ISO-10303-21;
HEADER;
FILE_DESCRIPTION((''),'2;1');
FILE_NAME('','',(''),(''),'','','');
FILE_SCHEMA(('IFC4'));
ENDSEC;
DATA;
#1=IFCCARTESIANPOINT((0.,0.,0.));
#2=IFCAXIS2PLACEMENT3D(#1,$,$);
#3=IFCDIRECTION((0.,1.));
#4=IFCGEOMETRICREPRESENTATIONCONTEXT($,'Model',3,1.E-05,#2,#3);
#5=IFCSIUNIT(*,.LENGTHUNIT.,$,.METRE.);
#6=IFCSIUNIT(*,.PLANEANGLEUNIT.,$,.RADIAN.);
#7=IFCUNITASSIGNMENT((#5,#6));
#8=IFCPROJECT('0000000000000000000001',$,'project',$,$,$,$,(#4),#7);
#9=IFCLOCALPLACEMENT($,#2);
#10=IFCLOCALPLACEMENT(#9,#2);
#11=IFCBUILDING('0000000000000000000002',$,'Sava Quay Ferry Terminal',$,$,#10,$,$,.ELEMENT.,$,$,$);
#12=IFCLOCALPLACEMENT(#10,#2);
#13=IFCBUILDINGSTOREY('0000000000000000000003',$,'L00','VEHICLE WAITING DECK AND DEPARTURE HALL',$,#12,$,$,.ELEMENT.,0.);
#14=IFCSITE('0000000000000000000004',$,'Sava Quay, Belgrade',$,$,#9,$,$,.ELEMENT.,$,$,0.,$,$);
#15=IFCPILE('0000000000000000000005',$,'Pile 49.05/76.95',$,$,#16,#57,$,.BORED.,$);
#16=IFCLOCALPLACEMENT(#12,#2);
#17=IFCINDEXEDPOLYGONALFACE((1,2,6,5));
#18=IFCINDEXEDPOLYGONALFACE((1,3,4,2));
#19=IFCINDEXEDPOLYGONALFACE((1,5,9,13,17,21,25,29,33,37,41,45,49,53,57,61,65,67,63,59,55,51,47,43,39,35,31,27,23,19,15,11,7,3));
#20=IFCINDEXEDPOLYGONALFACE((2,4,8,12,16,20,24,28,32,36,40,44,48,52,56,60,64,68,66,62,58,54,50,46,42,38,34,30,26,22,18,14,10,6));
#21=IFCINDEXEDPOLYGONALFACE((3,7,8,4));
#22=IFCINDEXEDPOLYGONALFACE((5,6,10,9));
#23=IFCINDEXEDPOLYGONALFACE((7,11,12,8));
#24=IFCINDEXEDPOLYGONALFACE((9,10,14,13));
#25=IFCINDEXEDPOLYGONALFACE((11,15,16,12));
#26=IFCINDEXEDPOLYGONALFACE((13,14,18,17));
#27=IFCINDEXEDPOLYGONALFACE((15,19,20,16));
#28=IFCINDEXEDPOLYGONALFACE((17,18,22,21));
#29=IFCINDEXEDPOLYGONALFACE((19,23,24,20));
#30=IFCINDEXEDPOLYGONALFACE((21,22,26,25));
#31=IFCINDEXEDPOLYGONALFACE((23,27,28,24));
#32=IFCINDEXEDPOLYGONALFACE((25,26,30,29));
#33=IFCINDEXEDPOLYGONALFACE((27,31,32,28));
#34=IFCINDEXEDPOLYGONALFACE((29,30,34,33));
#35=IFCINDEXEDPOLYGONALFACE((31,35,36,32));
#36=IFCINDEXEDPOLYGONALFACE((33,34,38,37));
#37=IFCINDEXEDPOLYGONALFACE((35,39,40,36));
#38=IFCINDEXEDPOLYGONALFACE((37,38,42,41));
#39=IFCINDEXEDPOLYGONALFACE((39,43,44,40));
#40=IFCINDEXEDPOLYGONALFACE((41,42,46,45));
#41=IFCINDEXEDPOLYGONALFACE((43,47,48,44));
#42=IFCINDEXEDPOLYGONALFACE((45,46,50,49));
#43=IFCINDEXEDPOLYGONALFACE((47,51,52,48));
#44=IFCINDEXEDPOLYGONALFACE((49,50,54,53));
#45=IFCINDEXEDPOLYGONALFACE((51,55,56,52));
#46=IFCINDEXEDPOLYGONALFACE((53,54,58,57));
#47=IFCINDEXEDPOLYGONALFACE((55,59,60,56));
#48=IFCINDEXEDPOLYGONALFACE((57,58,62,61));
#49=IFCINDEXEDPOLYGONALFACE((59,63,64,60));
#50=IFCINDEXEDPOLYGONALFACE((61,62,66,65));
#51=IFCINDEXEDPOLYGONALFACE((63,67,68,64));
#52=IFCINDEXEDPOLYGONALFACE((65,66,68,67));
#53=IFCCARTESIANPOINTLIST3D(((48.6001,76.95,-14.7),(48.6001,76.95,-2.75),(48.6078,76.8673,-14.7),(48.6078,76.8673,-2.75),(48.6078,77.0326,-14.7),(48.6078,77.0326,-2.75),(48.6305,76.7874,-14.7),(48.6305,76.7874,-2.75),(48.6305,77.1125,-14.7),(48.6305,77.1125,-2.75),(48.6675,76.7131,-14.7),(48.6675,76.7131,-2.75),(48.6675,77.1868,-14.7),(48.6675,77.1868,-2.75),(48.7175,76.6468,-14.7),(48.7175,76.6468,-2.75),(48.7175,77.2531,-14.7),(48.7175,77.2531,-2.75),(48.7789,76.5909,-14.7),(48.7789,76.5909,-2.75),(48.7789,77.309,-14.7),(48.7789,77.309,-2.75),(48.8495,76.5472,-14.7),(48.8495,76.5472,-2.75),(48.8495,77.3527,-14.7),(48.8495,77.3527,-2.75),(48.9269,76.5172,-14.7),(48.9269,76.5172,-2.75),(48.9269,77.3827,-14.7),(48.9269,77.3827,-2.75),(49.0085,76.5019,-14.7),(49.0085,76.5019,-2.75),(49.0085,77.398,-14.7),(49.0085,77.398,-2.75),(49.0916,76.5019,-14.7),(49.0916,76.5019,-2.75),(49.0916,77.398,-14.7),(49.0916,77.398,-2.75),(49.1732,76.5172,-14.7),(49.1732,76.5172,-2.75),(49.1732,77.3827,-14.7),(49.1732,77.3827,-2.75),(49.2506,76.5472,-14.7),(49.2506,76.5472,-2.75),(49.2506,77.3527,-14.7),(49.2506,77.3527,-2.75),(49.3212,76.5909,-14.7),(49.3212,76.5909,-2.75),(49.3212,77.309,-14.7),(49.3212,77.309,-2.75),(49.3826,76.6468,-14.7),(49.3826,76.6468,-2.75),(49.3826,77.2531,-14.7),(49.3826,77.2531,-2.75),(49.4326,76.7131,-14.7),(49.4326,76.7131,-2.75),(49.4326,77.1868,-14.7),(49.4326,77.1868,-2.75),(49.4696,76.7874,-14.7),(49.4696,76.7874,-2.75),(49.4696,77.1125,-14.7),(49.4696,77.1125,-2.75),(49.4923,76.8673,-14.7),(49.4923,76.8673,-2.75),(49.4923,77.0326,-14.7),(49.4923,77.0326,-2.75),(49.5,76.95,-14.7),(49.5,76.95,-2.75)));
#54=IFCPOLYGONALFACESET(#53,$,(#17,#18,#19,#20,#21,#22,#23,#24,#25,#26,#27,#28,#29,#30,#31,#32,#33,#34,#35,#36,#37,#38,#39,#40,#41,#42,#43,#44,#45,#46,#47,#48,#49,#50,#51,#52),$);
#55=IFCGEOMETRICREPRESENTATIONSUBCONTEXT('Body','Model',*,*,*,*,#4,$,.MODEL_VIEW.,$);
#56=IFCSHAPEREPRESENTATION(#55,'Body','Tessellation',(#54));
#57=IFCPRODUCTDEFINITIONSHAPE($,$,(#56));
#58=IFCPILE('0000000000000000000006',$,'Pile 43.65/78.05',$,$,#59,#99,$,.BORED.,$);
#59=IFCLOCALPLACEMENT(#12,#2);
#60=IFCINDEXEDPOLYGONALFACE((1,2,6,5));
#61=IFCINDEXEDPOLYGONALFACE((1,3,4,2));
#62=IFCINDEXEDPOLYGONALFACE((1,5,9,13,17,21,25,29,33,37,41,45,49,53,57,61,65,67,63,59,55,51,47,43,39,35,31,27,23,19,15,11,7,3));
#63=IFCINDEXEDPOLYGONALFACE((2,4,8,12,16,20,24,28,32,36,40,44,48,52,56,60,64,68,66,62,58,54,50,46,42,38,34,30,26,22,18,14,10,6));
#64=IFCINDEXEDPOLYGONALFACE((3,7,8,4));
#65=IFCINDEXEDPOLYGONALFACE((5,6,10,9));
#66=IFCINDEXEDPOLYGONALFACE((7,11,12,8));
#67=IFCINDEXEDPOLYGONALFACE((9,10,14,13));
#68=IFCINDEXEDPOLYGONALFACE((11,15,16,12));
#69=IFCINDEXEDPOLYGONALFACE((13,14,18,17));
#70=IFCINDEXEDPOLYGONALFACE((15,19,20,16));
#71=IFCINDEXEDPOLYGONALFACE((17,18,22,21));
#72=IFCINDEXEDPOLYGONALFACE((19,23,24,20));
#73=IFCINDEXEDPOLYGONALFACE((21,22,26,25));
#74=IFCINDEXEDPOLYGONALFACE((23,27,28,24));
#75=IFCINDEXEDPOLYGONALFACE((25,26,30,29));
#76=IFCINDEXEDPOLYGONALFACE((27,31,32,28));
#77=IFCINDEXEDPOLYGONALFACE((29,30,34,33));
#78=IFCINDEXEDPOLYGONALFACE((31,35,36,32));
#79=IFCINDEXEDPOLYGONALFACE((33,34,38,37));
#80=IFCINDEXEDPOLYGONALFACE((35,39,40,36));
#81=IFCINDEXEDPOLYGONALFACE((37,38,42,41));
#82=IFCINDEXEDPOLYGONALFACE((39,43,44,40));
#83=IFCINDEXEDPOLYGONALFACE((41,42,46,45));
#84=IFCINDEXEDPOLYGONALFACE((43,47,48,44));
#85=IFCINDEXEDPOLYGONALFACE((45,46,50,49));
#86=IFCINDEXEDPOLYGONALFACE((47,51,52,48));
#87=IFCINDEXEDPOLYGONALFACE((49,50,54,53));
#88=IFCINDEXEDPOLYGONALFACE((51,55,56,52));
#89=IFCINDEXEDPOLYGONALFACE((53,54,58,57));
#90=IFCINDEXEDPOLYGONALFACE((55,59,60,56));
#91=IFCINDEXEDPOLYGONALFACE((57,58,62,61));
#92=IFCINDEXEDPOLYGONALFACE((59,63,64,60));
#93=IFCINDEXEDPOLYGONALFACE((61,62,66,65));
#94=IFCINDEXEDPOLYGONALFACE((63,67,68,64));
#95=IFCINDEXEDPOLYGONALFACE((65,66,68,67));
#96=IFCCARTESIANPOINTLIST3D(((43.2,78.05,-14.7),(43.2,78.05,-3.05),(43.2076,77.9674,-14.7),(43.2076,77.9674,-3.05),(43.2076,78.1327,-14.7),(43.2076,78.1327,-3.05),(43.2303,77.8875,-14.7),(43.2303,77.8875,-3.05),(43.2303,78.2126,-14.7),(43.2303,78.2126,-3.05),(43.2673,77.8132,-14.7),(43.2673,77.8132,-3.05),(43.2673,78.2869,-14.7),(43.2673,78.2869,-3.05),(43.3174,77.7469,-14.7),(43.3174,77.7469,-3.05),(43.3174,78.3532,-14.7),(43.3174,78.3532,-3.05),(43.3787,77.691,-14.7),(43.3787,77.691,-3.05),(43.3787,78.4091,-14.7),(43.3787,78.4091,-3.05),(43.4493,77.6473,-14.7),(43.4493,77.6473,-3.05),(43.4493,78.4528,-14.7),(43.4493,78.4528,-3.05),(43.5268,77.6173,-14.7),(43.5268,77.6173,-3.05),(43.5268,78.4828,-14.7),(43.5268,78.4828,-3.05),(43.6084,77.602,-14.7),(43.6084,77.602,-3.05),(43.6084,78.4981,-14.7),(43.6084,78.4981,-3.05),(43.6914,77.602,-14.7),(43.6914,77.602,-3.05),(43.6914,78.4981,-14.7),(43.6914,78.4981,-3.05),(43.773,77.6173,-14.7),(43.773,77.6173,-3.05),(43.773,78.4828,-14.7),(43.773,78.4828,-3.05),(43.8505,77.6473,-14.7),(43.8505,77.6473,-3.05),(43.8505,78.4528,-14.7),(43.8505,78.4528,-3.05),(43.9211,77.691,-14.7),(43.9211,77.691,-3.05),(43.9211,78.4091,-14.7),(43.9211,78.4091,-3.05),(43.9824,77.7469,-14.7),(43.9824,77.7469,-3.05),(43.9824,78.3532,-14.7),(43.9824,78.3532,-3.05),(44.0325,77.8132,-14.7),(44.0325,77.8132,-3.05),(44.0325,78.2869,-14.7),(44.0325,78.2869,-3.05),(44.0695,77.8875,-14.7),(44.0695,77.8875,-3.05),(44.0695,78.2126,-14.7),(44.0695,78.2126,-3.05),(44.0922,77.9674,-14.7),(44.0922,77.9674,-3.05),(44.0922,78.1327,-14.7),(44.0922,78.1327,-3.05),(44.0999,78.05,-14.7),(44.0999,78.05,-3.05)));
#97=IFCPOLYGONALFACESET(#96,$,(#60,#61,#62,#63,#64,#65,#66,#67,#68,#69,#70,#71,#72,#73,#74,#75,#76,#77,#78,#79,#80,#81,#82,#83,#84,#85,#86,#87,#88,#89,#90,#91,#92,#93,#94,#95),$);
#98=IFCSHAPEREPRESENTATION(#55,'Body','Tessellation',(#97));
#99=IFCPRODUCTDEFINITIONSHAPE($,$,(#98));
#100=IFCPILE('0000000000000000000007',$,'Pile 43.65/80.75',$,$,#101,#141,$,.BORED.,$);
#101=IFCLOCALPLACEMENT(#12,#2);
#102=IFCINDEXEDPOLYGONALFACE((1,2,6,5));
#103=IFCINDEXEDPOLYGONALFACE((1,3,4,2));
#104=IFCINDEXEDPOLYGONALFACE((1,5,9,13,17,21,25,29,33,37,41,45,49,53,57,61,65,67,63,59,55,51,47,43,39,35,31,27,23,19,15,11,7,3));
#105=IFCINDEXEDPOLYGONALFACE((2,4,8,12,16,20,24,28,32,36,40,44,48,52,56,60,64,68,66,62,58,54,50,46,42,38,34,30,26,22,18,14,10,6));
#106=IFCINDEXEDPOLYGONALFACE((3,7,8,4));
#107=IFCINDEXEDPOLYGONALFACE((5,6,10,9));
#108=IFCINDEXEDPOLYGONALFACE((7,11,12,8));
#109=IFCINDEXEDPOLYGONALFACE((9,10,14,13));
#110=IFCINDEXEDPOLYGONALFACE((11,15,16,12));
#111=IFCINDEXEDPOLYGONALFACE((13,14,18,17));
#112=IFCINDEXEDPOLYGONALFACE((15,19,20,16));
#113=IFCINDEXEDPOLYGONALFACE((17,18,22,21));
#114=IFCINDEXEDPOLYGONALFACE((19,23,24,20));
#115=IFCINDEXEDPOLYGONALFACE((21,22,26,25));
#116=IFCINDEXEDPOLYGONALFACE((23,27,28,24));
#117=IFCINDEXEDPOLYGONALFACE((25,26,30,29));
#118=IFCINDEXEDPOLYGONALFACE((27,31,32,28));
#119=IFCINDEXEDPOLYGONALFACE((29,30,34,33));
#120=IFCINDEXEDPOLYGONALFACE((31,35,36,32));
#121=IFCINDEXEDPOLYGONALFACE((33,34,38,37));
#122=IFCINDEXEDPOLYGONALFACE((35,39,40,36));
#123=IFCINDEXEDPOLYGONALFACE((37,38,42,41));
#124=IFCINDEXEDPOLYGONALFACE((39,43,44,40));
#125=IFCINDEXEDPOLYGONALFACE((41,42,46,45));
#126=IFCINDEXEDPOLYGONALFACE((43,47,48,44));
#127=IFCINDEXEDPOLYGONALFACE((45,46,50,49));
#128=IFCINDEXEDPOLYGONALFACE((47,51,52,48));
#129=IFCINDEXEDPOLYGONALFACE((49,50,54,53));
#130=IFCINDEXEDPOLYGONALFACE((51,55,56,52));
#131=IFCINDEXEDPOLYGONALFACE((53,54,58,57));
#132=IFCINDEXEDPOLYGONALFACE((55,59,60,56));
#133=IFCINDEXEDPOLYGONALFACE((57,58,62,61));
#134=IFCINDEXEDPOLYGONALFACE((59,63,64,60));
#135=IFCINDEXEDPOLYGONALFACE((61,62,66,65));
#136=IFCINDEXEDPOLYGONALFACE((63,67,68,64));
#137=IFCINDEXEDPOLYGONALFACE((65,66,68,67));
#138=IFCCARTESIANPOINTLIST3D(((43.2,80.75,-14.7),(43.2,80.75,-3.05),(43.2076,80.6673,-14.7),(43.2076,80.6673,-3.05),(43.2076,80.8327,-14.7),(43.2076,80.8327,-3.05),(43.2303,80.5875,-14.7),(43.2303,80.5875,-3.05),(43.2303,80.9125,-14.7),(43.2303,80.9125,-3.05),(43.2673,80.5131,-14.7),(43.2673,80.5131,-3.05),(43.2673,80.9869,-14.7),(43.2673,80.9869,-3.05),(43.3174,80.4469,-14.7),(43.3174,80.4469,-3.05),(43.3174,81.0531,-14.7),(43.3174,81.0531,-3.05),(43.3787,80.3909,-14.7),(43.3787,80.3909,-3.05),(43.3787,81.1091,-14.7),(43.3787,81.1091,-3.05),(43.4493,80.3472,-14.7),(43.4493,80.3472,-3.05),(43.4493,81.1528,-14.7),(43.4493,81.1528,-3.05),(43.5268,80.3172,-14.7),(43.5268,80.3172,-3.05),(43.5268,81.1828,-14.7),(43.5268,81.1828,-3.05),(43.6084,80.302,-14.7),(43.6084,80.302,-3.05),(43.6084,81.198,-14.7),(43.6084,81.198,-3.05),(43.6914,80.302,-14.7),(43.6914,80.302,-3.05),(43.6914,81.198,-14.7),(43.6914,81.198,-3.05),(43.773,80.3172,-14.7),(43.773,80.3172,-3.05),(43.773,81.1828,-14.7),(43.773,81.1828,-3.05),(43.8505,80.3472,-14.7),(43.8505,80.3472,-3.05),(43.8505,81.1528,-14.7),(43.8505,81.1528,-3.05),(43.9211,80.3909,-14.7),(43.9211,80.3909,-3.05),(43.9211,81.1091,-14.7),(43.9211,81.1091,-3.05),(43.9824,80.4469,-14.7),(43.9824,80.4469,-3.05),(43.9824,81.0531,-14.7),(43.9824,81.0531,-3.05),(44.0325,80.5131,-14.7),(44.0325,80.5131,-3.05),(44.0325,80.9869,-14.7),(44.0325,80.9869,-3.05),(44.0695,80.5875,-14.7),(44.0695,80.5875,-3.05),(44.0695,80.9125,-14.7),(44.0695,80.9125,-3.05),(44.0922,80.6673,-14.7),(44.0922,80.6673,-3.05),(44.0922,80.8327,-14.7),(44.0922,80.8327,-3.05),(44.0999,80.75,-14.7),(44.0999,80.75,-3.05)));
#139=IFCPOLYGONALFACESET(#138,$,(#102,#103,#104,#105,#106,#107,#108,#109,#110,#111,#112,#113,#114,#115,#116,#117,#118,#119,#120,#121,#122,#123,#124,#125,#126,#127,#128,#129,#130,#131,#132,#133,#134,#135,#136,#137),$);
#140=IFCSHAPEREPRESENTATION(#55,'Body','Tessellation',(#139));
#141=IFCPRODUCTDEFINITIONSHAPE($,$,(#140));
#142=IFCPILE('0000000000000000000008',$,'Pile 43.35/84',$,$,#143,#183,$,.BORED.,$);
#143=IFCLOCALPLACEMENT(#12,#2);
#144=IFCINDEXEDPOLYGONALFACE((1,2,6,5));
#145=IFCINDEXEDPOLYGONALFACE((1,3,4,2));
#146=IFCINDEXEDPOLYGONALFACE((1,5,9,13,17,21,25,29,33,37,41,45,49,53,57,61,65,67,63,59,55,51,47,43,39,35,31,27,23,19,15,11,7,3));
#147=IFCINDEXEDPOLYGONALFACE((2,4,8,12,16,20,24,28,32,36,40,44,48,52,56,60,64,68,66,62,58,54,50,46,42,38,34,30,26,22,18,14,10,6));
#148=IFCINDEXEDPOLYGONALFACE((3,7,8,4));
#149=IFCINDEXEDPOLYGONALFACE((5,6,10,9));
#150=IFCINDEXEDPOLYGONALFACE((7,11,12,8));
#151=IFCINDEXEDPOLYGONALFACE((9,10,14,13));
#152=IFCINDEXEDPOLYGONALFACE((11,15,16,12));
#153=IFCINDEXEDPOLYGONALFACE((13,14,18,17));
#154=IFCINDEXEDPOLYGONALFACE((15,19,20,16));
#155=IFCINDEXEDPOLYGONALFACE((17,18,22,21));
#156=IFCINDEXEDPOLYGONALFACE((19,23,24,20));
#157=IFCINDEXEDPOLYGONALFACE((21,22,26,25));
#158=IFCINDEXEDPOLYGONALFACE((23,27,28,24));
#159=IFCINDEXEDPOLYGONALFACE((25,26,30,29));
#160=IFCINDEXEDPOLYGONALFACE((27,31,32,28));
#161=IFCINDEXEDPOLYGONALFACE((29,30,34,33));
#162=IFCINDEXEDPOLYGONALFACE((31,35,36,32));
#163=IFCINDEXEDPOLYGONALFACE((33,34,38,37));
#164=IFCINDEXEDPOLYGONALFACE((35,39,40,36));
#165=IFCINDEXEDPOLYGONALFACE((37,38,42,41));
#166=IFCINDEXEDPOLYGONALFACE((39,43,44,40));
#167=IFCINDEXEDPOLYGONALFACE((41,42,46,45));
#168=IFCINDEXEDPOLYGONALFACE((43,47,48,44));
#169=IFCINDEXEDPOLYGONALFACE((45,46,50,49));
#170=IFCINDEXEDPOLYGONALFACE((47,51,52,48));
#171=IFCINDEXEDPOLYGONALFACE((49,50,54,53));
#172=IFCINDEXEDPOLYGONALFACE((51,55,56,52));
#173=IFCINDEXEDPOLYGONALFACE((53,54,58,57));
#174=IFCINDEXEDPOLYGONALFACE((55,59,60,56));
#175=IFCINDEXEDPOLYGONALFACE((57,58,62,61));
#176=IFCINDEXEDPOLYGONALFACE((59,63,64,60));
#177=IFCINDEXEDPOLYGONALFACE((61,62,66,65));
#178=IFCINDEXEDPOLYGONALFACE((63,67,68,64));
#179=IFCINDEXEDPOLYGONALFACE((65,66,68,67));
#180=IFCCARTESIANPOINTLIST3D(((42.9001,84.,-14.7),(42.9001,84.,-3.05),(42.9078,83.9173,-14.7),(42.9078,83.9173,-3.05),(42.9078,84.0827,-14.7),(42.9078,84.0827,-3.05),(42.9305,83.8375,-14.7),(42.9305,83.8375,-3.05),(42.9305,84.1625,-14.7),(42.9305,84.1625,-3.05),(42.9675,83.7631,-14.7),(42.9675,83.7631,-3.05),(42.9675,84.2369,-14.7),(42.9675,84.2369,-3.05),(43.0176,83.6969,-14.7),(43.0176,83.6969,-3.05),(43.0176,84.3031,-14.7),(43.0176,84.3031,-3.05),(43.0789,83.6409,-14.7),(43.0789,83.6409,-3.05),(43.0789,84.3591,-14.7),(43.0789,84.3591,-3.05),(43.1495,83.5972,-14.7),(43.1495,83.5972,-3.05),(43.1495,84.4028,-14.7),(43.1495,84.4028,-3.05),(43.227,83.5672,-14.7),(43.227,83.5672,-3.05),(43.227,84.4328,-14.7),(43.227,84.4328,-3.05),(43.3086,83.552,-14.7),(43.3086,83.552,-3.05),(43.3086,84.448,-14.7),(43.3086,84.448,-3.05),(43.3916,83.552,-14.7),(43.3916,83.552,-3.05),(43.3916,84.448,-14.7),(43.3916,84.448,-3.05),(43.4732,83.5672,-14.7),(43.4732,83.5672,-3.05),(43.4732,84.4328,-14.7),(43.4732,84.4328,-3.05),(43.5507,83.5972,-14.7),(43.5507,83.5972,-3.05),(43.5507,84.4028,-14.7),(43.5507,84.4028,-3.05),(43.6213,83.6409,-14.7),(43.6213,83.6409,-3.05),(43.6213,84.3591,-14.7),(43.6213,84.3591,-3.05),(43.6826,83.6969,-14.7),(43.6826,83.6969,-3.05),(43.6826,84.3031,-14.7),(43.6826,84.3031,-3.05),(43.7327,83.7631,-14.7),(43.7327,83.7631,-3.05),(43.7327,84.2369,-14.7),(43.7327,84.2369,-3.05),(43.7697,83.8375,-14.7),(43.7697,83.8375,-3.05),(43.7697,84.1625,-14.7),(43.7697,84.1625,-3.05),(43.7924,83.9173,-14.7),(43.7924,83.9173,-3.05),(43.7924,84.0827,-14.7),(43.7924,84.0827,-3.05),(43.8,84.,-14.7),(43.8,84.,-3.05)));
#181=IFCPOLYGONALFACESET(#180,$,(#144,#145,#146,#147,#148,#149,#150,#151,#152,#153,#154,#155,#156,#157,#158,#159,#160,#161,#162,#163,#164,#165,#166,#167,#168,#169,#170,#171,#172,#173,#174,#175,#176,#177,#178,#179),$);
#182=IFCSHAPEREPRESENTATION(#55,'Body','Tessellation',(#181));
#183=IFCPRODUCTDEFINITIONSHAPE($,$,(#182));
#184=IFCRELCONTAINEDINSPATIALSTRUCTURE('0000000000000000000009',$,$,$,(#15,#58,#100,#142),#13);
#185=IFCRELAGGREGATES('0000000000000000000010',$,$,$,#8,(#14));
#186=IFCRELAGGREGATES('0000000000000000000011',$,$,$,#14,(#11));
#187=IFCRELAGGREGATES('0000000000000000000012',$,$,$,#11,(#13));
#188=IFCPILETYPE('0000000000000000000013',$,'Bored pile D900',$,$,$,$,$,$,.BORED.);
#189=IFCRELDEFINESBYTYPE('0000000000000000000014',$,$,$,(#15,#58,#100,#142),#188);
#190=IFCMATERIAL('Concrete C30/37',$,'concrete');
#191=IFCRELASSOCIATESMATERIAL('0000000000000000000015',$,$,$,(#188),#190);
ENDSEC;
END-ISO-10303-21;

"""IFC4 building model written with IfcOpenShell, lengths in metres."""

from ifc_helpers import new_model, si_unit, direction, frame, origin, origin_2d, place, context, subcontext, project, spatial, circle, extrude, material, material_profile, profile_set, type_object, element, save


model = new_model("IFC4")

# Units and contexts
model_context = context("Model", 3, precision=1e-05, world=origin(), true_north=direction((0.0, 1.0)))
body_context = subcontext(model_context, "Body", "Model", "MODEL_VIEW")
ifc_project = project(units=[si_unit("LENGTHUNIT", "METRE"), si_unit("PLANEANGLEUNIT", "RADIAN")], contexts=[model_context])

# Site, building, storey
site_placement = place(None, origin())
site = spatial("IfcSite", under=ifc_project, at=site_placement, Name="Sava Quay, Belgrade", CompositionType="ELEMENT", RefElevation=0.0)
building_placement = place(site_placement, origin())
building = spatial("IfcBuilding", under=site, at=building_placement, Name="Sava Quay Ferry Terminal", CompositionType="ELEMENT")
storey_placement = place(building_placement, origin())
storey = spatial("IfcBuildingStorey", under=building, at=storey_placement, Name="L00", Description="VEHICLE WAITING DECK AND DEPARTURE HALL", CompositionType="ELEMENT", Elevation=0.0)

# Piles
ifc_material_1 = material(Name="Concrete C30/37", Category="concrete")
ifc_material_profile_1 = material_profile(ifc_material_1, circle(Radius=0.45, at=origin_2d()), Name="Bored pile D900")
ifc_profile_set_1 = profile_set([ifc_material_profile_1], Name="Concrete C30/37")
pile_type = type_object("IfcPileType", Name="Bored pile D900", PredefinedType="BORED", material=ifc_profile_set_1)
pile_placement = place(storey_placement, frame((49.05, 76.95, -2.75), z_axis=(0.0, 0.0, -1.0), x_axis=(1.0, 0.0, 0.0)))
element("IfcPile", 1, at=pile_placement, inside=storey, type_object=pile_type, Name="Pile 49.05/76.95", PredefinedType="BORED", context=body_context, shape_type="SweptSolid", body=[
    extrude(circle(Radius=0.45, at=origin_2d()), origin(), (0.0, 0.0, 1.0), 11.95),
])
for number, where, z_axis, x_axis, name in (
    (2, (43.6499, 78.05, -3.05), (0.0, 0.0, -1.0), (1.0, 0.0, 0.0), "Pile 43.65/78.05"),
    (3, (43.6499, 80.75, -3.05), (0.0, 0.0, -1.0), (1.0, 0.0, 0.0), "Pile 43.65/80.75"),
    (4, (43.3501, 84.0, -3.05), (0.0, 0.0, -1.0), (1.0, 0.0, 0.0), "Pile 43.35/84"),
):
    element("IfcPile", number, at=place(storey_placement, frame(where, z_axis=z_axis, x_axis=x_axis)), inside=storey, type_object=pile_type, Name=name, PredefinedType="BORED", context=body_context, shape_type="SweptSolid", body=[
        extrude(circle(Radius=0.45, at=origin_2d()), origin(), (0.0, 0.0, 1.0), 11.6499),
    ])

save(model, "model.ifc")
